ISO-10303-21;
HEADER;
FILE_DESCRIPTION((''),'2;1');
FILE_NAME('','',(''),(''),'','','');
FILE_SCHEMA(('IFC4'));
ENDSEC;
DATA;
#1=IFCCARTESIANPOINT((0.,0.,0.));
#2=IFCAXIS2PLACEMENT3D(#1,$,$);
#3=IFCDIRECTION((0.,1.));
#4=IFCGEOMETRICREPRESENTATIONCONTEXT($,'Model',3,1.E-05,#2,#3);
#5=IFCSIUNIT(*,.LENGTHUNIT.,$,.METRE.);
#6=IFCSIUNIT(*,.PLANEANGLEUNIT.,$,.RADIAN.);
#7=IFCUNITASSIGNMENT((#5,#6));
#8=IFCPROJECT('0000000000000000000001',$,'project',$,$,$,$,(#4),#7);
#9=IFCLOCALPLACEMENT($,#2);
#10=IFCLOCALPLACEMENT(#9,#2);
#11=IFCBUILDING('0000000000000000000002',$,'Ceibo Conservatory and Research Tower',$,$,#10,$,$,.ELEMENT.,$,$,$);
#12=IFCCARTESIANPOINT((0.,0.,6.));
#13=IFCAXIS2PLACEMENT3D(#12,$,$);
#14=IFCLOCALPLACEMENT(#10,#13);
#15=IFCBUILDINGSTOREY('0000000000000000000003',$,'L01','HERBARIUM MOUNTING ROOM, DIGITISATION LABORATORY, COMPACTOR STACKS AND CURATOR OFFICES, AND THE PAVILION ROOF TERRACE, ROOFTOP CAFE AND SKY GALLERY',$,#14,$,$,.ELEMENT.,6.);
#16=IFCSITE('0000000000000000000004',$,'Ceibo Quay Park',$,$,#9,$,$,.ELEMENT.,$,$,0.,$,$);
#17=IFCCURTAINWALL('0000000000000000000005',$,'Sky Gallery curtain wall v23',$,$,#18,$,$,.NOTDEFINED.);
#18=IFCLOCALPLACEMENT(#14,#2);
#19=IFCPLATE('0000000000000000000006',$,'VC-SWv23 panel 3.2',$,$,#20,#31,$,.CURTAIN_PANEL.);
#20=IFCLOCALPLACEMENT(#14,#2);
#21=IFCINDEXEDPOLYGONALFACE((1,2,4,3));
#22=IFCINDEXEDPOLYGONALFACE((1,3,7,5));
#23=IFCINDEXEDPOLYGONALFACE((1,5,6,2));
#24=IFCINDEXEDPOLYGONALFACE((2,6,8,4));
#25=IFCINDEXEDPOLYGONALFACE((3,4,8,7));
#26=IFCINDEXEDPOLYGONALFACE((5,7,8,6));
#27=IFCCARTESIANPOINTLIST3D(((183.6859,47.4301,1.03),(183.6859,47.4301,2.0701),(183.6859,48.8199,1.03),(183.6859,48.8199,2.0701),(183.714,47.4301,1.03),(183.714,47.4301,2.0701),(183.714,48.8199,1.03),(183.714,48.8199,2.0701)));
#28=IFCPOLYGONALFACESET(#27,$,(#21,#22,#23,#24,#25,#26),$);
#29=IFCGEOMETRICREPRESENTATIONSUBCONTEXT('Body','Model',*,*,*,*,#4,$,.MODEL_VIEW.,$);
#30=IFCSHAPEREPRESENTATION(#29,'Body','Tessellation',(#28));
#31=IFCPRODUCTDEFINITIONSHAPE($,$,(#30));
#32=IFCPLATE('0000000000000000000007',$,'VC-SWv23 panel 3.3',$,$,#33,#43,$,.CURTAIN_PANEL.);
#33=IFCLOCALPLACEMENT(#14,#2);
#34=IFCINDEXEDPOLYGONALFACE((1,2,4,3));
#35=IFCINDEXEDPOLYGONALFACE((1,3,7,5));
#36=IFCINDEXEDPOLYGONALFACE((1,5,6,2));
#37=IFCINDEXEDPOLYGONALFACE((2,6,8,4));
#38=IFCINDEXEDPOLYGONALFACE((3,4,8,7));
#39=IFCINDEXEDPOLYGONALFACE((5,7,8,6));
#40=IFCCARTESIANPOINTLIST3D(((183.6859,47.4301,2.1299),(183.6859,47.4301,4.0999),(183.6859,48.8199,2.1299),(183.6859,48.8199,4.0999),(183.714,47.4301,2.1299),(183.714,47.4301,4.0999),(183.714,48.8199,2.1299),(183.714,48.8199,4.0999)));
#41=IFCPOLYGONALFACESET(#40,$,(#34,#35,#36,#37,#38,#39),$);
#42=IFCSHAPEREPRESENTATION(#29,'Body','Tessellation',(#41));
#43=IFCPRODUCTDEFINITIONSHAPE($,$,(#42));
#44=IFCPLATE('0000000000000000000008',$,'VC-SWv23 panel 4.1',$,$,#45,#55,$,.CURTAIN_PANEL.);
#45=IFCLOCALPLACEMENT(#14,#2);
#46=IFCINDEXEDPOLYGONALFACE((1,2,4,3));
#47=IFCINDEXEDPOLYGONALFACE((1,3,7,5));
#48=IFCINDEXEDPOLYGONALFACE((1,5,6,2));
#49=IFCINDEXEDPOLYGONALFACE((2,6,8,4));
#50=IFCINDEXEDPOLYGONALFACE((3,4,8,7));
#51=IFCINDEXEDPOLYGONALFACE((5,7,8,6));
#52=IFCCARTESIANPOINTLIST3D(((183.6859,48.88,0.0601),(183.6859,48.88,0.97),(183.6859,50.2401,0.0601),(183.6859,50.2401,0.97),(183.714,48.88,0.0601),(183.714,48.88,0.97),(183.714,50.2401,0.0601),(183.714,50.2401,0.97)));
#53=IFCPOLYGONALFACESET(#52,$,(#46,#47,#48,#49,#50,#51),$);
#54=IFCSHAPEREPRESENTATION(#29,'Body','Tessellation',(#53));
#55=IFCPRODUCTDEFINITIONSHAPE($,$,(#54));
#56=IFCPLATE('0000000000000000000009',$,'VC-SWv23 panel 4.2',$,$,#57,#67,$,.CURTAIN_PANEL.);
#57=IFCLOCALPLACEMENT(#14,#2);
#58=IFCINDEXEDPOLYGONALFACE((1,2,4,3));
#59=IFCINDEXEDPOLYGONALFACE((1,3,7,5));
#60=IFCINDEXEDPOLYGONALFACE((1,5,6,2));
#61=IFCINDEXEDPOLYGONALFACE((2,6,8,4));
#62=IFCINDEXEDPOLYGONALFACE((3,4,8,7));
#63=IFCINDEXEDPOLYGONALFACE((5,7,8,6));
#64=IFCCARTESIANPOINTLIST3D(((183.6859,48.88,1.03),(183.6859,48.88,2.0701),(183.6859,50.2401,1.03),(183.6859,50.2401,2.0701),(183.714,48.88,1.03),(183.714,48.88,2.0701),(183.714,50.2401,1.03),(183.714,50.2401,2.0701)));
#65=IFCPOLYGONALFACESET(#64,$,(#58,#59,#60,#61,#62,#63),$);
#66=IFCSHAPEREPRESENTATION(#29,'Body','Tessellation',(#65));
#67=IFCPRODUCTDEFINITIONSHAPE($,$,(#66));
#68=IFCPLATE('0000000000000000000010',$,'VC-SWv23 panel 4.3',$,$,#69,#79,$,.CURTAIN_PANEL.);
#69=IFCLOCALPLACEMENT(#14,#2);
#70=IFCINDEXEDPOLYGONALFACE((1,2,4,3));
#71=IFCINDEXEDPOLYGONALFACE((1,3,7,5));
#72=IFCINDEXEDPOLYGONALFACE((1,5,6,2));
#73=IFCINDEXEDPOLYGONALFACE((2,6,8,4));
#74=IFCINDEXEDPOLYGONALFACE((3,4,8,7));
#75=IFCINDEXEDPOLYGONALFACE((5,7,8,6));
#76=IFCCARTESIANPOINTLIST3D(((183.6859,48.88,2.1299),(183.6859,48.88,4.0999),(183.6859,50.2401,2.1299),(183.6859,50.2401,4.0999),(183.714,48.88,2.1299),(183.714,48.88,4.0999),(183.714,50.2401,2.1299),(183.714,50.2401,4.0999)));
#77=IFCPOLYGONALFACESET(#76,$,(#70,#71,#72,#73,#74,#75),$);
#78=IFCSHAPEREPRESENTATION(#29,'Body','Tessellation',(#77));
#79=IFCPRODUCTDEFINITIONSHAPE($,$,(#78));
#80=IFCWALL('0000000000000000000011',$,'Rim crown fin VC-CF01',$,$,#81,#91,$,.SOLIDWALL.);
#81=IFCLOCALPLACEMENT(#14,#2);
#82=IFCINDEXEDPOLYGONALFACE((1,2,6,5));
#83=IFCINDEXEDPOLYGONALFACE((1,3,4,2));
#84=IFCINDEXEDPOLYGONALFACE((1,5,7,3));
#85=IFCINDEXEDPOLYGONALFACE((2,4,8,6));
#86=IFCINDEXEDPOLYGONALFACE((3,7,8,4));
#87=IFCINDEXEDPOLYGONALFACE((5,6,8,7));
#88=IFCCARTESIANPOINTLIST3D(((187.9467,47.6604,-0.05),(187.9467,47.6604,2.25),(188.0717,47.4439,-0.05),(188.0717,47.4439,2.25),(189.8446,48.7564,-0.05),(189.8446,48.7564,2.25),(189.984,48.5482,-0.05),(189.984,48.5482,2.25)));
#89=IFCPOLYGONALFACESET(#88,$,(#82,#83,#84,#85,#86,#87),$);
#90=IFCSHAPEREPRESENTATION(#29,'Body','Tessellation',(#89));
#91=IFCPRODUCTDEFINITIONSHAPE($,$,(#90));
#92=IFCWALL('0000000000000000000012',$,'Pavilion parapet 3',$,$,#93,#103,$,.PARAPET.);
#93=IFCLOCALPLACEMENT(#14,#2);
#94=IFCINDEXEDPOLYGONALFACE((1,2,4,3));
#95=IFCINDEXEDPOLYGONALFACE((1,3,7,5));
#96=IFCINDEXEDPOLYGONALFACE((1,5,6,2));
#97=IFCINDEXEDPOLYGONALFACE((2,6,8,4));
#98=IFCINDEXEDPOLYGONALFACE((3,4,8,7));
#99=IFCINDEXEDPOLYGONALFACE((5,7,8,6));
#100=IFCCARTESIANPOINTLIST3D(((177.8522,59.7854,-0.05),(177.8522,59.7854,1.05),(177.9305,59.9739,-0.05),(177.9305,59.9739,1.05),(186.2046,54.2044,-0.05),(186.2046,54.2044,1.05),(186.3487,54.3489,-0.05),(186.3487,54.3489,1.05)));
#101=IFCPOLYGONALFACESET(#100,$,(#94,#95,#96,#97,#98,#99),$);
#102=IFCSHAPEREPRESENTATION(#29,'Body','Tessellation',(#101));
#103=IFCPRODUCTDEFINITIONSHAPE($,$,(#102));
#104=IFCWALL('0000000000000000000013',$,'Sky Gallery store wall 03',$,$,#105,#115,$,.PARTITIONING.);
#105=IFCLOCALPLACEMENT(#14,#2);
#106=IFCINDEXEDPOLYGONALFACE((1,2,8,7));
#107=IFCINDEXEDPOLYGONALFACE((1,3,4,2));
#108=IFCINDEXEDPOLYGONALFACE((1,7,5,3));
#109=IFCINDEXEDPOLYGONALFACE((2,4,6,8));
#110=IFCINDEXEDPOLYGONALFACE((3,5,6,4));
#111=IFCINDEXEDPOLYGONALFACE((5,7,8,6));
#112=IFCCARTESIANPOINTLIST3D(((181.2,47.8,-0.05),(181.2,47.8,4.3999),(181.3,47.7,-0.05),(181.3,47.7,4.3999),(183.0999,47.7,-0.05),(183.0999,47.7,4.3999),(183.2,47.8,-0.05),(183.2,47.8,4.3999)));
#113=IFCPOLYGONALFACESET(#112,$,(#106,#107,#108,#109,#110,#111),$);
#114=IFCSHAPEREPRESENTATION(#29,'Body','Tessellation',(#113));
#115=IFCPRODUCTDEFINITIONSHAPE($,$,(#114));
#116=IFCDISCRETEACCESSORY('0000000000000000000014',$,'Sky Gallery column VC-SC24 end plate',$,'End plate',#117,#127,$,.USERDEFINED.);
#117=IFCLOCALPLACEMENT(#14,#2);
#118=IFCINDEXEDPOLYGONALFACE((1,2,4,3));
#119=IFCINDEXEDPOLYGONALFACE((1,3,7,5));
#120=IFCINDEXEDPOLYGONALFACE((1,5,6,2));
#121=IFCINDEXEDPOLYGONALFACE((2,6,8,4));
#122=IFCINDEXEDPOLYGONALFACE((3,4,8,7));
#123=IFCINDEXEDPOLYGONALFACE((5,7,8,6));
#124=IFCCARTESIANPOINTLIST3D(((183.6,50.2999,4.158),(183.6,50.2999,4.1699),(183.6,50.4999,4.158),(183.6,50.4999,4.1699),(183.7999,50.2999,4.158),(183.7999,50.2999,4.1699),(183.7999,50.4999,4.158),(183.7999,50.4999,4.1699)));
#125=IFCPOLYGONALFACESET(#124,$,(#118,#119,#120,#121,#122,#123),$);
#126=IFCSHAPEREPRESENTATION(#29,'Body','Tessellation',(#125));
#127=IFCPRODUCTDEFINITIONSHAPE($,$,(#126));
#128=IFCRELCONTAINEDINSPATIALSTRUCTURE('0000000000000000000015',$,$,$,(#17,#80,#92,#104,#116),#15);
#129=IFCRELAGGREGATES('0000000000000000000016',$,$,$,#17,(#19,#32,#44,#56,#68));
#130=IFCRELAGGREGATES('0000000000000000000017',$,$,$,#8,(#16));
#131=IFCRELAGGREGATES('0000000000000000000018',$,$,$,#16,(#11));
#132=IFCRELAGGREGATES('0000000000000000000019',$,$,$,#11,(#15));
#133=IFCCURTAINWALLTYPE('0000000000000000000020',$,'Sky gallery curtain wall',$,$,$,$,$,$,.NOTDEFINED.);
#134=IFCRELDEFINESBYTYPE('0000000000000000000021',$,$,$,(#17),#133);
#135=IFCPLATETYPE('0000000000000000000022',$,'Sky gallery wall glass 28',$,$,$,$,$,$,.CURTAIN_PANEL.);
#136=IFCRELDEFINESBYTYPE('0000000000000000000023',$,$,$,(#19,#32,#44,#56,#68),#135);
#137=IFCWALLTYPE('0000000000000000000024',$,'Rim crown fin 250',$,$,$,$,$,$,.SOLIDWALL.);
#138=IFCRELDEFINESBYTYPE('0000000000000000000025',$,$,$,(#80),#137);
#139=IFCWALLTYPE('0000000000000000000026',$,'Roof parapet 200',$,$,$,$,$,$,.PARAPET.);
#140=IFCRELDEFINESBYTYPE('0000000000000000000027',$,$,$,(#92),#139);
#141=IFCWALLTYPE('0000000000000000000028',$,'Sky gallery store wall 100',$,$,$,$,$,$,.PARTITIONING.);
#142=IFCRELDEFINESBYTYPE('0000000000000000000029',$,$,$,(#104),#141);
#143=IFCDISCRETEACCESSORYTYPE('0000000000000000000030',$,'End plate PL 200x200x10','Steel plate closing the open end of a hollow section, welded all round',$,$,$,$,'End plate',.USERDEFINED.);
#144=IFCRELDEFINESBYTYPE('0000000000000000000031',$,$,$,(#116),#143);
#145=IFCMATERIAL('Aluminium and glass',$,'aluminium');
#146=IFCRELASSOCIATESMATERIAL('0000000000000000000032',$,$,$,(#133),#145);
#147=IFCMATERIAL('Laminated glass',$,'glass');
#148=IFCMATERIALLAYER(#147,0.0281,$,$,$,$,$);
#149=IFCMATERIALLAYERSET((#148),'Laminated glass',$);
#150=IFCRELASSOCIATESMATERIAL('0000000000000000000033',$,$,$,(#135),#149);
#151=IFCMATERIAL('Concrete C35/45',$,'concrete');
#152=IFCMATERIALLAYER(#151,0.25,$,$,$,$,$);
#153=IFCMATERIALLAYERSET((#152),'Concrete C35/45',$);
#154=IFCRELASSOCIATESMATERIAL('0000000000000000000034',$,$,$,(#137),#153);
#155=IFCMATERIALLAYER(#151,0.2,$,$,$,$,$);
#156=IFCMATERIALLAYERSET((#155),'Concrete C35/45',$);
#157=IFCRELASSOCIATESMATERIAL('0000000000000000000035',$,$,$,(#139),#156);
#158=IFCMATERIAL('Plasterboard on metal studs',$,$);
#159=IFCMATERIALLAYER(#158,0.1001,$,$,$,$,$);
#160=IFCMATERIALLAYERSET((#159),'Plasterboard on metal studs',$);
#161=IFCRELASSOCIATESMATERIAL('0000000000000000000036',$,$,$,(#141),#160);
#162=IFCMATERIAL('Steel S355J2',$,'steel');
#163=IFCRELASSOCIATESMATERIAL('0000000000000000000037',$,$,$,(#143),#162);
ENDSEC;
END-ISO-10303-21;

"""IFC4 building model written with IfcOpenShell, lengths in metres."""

from ifc_helpers import new_model, si_unit, direction, frame, origin, origin_2d, place, context, subcontext, project, spatial, polyline, rectangle, outline, extrude, material, layer, layer_set, material_profile, profile_set, type_object, element, aggregate, save


model = new_model("IFC4")

# Units and contexts
model_context = context("Model", 3, precision=1e-05, world=origin(), true_north=direction((0.0, 1.0)))
body_context = subcontext(model_context, "Body", "Model", "MODEL_VIEW")
ifc_project = project(units=[si_unit("LENGTHUNIT", "METRE"), si_unit("PLANEANGLEUNIT", "RADIAN")], contexts=[model_context])

# Site, building, storey
site_placement = place(None, origin())
site = spatial("IfcSite", under=ifc_project, at=site_placement, Name="Ceibo Quay Park", CompositionType="ELEMENT", RefElevation=0.0)
building_placement = place(site_placement, origin())
building = spatial("IfcBuilding", under=site, at=building_placement, Name="Ceibo Conservatory and Research Tower", CompositionType="ELEMENT")
storey_placement = place(building_placement, frame((0.0, 0.0, 6.0)))
storey = spatial("IfcBuildingStorey", under=building, at=storey_placement, Name="L01", Description="HERBARIUM MOUNTING ROOM, DIGITISATION LABORATORY, COMPACTOR STACKS AND CURATOR OFFICES, AND THE PAVILION ROOF TERRACE, ROOFTOP CAFE AND SKY GALLERY", CompositionType="ELEMENT", Elevation=6.0)

# Shared definitions
ifc_material_1 = material(Name="Aluminium and glass", Category="aluminium")
curtain_wall_type = type_object("IfcCurtainWallType", Name="Sky gallery curtain wall", PredefinedType="NOTDEFINED", material=ifc_material_1)

# Curtain wall
curtain_wall_1_placement = place(storey_placement, origin())
curtain_wall_1 = element("IfcCurtainWall", 1, at=curtain_wall_1_placement, inside=storey, type_object=curtain_wall_type, Name="Sky Gallery curtain wall v23", PredefinedType="NOTDEFINED")

# Plates
ifc_material_2 = material(Name="Laminated glass", Category="glass")
ifc_layer_1 = layer(ifc_material_2, 0.0281)
ifc_layer_set_1 = layer_set([ifc_layer_1], Name="Laminated glass")
plate_type = type_object("IfcPlateType", Name="Sky gallery wall glass 28", PredefinedType="CURTAIN_PANEL", material=ifc_layer_set_1)
plate_1_placement = place(storey_placement, frame((183.7, 48.125, 1.03), z_axis=(0.0, 0.0, 1.0), x_axis=(0.0, 1.0, 0.0)))
plate_1 = element("IfcPlate", 2, at=plate_1_placement, type_object=plate_type, Name="VC-SWv23 panel 3.2", PredefinedType="CURTAIN_PANEL", context=body_context, shape_type="SweptSolid", body=[
    extrude(rectangle(XDim=1.3899, YDim=0.0281, at=origin_2d()), origin(), (0.0, 0.0, 1.0), 1.04),
])
plate_2_placement = place(storey_placement, frame((183.7, 48.125, 2.1299), z_axis=(0.0, 0.0, 1.0), x_axis=(0.0, 1.0, 0.0)))
plate_2 = element("IfcPlate", 3, at=plate_2_placement, type_object=plate_type, Name="VC-SWv23 panel 3.3", PredefinedType="CURTAIN_PANEL", context=body_context, shape_type="SweptSolid", body=[
    extrude(rectangle(XDim=1.3899, YDim=0.0281, at=origin_2d()), origin(), (0.0, 0.0, 1.0), 1.97),
])
plate_3_placement = place(storey_placement, frame((183.7, 49.5601, 0.0601), z_axis=(0.0, 0.0, 1.0), x_axis=(0.0, 1.0, 0.0)))
plate_3 = element("IfcPlate", 4, at=plate_3_placement, type_object=plate_type, Name="VC-SWv23 panel 4.1", PredefinedType="CURTAIN_PANEL", context=body_context, shape_type="SweptSolid", body=[
    extrude(rectangle(XDim=1.3601, YDim=0.0281, at=origin_2d()), origin(), (0.0, 0.0, 1.0), 0.9099),
])
plate_4_placement = place(storey_placement, frame((183.7, 49.5601, 1.03), z_axis=(0.0, 0.0, 1.0), x_axis=(0.0, 1.0, 0.0)))
plate_4 = element("IfcPlate", 5, at=plate_4_placement, type_object=plate_type, Name="VC-SWv23 panel 4.2", PredefinedType="CURTAIN_PANEL", context=body_context, shape_type="SweptSolid", body=[
    extrude(rectangle(XDim=1.3601, YDim=0.0281, at=origin_2d()), origin(), (0.0, 0.0, 1.0), 1.04),
])
plate_5_placement = place(storey_placement, frame((183.7, 49.5601, 2.1299), z_axis=(0.0, 0.0, 1.0), x_axis=(0.0, 1.0, 0.0)))
plate_5 = element("IfcPlate", 6, at=plate_5_placement, type_object=plate_type, Name="VC-SWv23 panel 4.3", PredefinedType="CURTAIN_PANEL", context=body_context, shape_type="SweptSolid", body=[
    extrude(rectangle(XDim=1.3601, YDim=0.0281, at=origin_2d()), origin(), (0.0, 0.0, 1.0), 1.97),
])
aggregate(curtain_wall_1, [plate_1, plate_2, plate_3, plate_4, plate_5])

# Walls
ifc_material_3 = material(Name="Concrete C35/45", Category="concrete")
ifc_layer_2 = layer(ifc_material_3, 0.25)
ifc_layer_set_2 = layer_set([ifc_layer_2], Name="Concrete C35/45")
wall_type_1 = type_object("IfcWallType", Name="Rim crown fin 250", PredefinedType="SOLIDWALL", material=ifc_layer_set_2)
wall_1_placement = place(storey_placement, frame((189.9143, 48.6523, -0.05), z_axis=(0.0, 0.0, 1.0), x_axis=(-0.86598, -0.500078, 0.0)))
element("IfcWall", 7, at=wall_1_placement, inside=storey, type_object=wall_type_1, Name="Rim crown fin VC-CF01", PredefinedType="SOLIDWALL", context=body_context, shape_type="SweptSolid", body=[
    extrude(outline(polyline([(0.0083, -0.125), (2.2, -0.125), (2.2, 0.125), (-0.0083, 0.125), (0.0083, -0.125)])), origin(), (0.0, 0.0, 1.0), 2.3),
])
ifc_layer_3 = layer(ifc_material_3, 0.2)
ifc_layer_set_3 = layer_set([ifc_layer_3], Name="Concrete C35/45")
wall_type_2 = type_object("IfcWallType", Name="Roof parapet 200", PredefinedType="PARAPET", material=ifc_layer_set_3)
wall_2_placement = place(storey_placement, frame((186.2766, 54.2766, -0.05), z_axis=(0.0, 0.0, 1.0), x_axis=(-0.831461, 0.555583, 0.0)))
element("IfcWall", 8, at=wall_2_placement, inside=storey, type_object=wall_type_2, Name="Pavilion parapet 3", PredefinedType="PARAPET", context=body_context, shape_type="SweptSolid", body=[
    extrude(outline(polyline([(-0.0198, -0.1001), (10.1047, -0.1001), (10.0652, 0.1001), (0.0198, 0.1001), (-0.0198, -0.1001)])), origin(), (0.0, 0.0, 1.0), 1.1001),
])
ifc_material_4 = material(Name="Plasterboard on metal studs")
ifc_layer_4 = layer(ifc_material_4, 0.1001)
ifc_layer_set_4 = layer_set([ifc_layer_4], Name="Plasterboard on metal studs")
wall_type_3 = type_object("IfcWallType", Name="Sky gallery store wall 100", PredefinedType="PARTITIONING", material=ifc_layer_set_4)
wall_3_placement = place(storey_placement, frame((183.1499, 47.75, -0.05), z_axis=(0.0, 0.0, 1.0), x_axis=(-1.0, 0.0, 0.0)))
element("IfcWall", 9, at=wall_3_placement, inside=storey, type_object=wall_type_3, Name="Sky Gallery store wall 03", PredefinedType="PARTITIONING", context=body_context, shape_type="SweptSolid", body=[
    extrude(outline(polyline([(-0.05, -0.05), (1.95, -0.05), (1.8499, 0.05), (0.05, 0.05), (-0.05, -0.05)])), origin(), (0.0, 0.0, 1.0), 4.45),
])

# Discrete accessory
ifc_material_5 = material(Name="Steel S355J2", Category="steel")
ifc_material_profile_1 = material_profile(ifc_material_5, rectangle(XDim=0.2, YDim=0.2, at=origin_2d()), Name="End plate PL 200x200x10")
ifc_profile_set_1 = profile_set([ifc_material_profile_1], Name="Steel S355J2")
discrete_accessory_type = type_object("IfcDiscreteAccessoryType", Name="End plate PL 200x200x10", Description="Steel plate closing the open end of a hollow section, welded all round", ElementType="End plate", PredefinedType="USERDEFINED", material=ifc_profile_set_1)
discrete_accessory_placement = place(storey_placement, frame((183.7, 50.3999, 4.158), z_axis=(0.0, 0.0, 1.0), x_axis=(1.0, 0.0, 0.0)))
element("IfcDiscreteAccessory", 10, at=discrete_accessory_placement, inside=storey, type_object=discrete_accessory_type, Name="Sky Gallery column VC-SC24 end plate", ObjectType="End plate", PredefinedType="USERDEFINED", context=body_context, shape_type="SweptSolid", body=[
    extrude(rectangle(XDim=0.2, YDim=0.2, at=origin_2d()), origin(), (0.0, 0.0, 1.0), 0.012),
])

save(model, "model.ifc")
